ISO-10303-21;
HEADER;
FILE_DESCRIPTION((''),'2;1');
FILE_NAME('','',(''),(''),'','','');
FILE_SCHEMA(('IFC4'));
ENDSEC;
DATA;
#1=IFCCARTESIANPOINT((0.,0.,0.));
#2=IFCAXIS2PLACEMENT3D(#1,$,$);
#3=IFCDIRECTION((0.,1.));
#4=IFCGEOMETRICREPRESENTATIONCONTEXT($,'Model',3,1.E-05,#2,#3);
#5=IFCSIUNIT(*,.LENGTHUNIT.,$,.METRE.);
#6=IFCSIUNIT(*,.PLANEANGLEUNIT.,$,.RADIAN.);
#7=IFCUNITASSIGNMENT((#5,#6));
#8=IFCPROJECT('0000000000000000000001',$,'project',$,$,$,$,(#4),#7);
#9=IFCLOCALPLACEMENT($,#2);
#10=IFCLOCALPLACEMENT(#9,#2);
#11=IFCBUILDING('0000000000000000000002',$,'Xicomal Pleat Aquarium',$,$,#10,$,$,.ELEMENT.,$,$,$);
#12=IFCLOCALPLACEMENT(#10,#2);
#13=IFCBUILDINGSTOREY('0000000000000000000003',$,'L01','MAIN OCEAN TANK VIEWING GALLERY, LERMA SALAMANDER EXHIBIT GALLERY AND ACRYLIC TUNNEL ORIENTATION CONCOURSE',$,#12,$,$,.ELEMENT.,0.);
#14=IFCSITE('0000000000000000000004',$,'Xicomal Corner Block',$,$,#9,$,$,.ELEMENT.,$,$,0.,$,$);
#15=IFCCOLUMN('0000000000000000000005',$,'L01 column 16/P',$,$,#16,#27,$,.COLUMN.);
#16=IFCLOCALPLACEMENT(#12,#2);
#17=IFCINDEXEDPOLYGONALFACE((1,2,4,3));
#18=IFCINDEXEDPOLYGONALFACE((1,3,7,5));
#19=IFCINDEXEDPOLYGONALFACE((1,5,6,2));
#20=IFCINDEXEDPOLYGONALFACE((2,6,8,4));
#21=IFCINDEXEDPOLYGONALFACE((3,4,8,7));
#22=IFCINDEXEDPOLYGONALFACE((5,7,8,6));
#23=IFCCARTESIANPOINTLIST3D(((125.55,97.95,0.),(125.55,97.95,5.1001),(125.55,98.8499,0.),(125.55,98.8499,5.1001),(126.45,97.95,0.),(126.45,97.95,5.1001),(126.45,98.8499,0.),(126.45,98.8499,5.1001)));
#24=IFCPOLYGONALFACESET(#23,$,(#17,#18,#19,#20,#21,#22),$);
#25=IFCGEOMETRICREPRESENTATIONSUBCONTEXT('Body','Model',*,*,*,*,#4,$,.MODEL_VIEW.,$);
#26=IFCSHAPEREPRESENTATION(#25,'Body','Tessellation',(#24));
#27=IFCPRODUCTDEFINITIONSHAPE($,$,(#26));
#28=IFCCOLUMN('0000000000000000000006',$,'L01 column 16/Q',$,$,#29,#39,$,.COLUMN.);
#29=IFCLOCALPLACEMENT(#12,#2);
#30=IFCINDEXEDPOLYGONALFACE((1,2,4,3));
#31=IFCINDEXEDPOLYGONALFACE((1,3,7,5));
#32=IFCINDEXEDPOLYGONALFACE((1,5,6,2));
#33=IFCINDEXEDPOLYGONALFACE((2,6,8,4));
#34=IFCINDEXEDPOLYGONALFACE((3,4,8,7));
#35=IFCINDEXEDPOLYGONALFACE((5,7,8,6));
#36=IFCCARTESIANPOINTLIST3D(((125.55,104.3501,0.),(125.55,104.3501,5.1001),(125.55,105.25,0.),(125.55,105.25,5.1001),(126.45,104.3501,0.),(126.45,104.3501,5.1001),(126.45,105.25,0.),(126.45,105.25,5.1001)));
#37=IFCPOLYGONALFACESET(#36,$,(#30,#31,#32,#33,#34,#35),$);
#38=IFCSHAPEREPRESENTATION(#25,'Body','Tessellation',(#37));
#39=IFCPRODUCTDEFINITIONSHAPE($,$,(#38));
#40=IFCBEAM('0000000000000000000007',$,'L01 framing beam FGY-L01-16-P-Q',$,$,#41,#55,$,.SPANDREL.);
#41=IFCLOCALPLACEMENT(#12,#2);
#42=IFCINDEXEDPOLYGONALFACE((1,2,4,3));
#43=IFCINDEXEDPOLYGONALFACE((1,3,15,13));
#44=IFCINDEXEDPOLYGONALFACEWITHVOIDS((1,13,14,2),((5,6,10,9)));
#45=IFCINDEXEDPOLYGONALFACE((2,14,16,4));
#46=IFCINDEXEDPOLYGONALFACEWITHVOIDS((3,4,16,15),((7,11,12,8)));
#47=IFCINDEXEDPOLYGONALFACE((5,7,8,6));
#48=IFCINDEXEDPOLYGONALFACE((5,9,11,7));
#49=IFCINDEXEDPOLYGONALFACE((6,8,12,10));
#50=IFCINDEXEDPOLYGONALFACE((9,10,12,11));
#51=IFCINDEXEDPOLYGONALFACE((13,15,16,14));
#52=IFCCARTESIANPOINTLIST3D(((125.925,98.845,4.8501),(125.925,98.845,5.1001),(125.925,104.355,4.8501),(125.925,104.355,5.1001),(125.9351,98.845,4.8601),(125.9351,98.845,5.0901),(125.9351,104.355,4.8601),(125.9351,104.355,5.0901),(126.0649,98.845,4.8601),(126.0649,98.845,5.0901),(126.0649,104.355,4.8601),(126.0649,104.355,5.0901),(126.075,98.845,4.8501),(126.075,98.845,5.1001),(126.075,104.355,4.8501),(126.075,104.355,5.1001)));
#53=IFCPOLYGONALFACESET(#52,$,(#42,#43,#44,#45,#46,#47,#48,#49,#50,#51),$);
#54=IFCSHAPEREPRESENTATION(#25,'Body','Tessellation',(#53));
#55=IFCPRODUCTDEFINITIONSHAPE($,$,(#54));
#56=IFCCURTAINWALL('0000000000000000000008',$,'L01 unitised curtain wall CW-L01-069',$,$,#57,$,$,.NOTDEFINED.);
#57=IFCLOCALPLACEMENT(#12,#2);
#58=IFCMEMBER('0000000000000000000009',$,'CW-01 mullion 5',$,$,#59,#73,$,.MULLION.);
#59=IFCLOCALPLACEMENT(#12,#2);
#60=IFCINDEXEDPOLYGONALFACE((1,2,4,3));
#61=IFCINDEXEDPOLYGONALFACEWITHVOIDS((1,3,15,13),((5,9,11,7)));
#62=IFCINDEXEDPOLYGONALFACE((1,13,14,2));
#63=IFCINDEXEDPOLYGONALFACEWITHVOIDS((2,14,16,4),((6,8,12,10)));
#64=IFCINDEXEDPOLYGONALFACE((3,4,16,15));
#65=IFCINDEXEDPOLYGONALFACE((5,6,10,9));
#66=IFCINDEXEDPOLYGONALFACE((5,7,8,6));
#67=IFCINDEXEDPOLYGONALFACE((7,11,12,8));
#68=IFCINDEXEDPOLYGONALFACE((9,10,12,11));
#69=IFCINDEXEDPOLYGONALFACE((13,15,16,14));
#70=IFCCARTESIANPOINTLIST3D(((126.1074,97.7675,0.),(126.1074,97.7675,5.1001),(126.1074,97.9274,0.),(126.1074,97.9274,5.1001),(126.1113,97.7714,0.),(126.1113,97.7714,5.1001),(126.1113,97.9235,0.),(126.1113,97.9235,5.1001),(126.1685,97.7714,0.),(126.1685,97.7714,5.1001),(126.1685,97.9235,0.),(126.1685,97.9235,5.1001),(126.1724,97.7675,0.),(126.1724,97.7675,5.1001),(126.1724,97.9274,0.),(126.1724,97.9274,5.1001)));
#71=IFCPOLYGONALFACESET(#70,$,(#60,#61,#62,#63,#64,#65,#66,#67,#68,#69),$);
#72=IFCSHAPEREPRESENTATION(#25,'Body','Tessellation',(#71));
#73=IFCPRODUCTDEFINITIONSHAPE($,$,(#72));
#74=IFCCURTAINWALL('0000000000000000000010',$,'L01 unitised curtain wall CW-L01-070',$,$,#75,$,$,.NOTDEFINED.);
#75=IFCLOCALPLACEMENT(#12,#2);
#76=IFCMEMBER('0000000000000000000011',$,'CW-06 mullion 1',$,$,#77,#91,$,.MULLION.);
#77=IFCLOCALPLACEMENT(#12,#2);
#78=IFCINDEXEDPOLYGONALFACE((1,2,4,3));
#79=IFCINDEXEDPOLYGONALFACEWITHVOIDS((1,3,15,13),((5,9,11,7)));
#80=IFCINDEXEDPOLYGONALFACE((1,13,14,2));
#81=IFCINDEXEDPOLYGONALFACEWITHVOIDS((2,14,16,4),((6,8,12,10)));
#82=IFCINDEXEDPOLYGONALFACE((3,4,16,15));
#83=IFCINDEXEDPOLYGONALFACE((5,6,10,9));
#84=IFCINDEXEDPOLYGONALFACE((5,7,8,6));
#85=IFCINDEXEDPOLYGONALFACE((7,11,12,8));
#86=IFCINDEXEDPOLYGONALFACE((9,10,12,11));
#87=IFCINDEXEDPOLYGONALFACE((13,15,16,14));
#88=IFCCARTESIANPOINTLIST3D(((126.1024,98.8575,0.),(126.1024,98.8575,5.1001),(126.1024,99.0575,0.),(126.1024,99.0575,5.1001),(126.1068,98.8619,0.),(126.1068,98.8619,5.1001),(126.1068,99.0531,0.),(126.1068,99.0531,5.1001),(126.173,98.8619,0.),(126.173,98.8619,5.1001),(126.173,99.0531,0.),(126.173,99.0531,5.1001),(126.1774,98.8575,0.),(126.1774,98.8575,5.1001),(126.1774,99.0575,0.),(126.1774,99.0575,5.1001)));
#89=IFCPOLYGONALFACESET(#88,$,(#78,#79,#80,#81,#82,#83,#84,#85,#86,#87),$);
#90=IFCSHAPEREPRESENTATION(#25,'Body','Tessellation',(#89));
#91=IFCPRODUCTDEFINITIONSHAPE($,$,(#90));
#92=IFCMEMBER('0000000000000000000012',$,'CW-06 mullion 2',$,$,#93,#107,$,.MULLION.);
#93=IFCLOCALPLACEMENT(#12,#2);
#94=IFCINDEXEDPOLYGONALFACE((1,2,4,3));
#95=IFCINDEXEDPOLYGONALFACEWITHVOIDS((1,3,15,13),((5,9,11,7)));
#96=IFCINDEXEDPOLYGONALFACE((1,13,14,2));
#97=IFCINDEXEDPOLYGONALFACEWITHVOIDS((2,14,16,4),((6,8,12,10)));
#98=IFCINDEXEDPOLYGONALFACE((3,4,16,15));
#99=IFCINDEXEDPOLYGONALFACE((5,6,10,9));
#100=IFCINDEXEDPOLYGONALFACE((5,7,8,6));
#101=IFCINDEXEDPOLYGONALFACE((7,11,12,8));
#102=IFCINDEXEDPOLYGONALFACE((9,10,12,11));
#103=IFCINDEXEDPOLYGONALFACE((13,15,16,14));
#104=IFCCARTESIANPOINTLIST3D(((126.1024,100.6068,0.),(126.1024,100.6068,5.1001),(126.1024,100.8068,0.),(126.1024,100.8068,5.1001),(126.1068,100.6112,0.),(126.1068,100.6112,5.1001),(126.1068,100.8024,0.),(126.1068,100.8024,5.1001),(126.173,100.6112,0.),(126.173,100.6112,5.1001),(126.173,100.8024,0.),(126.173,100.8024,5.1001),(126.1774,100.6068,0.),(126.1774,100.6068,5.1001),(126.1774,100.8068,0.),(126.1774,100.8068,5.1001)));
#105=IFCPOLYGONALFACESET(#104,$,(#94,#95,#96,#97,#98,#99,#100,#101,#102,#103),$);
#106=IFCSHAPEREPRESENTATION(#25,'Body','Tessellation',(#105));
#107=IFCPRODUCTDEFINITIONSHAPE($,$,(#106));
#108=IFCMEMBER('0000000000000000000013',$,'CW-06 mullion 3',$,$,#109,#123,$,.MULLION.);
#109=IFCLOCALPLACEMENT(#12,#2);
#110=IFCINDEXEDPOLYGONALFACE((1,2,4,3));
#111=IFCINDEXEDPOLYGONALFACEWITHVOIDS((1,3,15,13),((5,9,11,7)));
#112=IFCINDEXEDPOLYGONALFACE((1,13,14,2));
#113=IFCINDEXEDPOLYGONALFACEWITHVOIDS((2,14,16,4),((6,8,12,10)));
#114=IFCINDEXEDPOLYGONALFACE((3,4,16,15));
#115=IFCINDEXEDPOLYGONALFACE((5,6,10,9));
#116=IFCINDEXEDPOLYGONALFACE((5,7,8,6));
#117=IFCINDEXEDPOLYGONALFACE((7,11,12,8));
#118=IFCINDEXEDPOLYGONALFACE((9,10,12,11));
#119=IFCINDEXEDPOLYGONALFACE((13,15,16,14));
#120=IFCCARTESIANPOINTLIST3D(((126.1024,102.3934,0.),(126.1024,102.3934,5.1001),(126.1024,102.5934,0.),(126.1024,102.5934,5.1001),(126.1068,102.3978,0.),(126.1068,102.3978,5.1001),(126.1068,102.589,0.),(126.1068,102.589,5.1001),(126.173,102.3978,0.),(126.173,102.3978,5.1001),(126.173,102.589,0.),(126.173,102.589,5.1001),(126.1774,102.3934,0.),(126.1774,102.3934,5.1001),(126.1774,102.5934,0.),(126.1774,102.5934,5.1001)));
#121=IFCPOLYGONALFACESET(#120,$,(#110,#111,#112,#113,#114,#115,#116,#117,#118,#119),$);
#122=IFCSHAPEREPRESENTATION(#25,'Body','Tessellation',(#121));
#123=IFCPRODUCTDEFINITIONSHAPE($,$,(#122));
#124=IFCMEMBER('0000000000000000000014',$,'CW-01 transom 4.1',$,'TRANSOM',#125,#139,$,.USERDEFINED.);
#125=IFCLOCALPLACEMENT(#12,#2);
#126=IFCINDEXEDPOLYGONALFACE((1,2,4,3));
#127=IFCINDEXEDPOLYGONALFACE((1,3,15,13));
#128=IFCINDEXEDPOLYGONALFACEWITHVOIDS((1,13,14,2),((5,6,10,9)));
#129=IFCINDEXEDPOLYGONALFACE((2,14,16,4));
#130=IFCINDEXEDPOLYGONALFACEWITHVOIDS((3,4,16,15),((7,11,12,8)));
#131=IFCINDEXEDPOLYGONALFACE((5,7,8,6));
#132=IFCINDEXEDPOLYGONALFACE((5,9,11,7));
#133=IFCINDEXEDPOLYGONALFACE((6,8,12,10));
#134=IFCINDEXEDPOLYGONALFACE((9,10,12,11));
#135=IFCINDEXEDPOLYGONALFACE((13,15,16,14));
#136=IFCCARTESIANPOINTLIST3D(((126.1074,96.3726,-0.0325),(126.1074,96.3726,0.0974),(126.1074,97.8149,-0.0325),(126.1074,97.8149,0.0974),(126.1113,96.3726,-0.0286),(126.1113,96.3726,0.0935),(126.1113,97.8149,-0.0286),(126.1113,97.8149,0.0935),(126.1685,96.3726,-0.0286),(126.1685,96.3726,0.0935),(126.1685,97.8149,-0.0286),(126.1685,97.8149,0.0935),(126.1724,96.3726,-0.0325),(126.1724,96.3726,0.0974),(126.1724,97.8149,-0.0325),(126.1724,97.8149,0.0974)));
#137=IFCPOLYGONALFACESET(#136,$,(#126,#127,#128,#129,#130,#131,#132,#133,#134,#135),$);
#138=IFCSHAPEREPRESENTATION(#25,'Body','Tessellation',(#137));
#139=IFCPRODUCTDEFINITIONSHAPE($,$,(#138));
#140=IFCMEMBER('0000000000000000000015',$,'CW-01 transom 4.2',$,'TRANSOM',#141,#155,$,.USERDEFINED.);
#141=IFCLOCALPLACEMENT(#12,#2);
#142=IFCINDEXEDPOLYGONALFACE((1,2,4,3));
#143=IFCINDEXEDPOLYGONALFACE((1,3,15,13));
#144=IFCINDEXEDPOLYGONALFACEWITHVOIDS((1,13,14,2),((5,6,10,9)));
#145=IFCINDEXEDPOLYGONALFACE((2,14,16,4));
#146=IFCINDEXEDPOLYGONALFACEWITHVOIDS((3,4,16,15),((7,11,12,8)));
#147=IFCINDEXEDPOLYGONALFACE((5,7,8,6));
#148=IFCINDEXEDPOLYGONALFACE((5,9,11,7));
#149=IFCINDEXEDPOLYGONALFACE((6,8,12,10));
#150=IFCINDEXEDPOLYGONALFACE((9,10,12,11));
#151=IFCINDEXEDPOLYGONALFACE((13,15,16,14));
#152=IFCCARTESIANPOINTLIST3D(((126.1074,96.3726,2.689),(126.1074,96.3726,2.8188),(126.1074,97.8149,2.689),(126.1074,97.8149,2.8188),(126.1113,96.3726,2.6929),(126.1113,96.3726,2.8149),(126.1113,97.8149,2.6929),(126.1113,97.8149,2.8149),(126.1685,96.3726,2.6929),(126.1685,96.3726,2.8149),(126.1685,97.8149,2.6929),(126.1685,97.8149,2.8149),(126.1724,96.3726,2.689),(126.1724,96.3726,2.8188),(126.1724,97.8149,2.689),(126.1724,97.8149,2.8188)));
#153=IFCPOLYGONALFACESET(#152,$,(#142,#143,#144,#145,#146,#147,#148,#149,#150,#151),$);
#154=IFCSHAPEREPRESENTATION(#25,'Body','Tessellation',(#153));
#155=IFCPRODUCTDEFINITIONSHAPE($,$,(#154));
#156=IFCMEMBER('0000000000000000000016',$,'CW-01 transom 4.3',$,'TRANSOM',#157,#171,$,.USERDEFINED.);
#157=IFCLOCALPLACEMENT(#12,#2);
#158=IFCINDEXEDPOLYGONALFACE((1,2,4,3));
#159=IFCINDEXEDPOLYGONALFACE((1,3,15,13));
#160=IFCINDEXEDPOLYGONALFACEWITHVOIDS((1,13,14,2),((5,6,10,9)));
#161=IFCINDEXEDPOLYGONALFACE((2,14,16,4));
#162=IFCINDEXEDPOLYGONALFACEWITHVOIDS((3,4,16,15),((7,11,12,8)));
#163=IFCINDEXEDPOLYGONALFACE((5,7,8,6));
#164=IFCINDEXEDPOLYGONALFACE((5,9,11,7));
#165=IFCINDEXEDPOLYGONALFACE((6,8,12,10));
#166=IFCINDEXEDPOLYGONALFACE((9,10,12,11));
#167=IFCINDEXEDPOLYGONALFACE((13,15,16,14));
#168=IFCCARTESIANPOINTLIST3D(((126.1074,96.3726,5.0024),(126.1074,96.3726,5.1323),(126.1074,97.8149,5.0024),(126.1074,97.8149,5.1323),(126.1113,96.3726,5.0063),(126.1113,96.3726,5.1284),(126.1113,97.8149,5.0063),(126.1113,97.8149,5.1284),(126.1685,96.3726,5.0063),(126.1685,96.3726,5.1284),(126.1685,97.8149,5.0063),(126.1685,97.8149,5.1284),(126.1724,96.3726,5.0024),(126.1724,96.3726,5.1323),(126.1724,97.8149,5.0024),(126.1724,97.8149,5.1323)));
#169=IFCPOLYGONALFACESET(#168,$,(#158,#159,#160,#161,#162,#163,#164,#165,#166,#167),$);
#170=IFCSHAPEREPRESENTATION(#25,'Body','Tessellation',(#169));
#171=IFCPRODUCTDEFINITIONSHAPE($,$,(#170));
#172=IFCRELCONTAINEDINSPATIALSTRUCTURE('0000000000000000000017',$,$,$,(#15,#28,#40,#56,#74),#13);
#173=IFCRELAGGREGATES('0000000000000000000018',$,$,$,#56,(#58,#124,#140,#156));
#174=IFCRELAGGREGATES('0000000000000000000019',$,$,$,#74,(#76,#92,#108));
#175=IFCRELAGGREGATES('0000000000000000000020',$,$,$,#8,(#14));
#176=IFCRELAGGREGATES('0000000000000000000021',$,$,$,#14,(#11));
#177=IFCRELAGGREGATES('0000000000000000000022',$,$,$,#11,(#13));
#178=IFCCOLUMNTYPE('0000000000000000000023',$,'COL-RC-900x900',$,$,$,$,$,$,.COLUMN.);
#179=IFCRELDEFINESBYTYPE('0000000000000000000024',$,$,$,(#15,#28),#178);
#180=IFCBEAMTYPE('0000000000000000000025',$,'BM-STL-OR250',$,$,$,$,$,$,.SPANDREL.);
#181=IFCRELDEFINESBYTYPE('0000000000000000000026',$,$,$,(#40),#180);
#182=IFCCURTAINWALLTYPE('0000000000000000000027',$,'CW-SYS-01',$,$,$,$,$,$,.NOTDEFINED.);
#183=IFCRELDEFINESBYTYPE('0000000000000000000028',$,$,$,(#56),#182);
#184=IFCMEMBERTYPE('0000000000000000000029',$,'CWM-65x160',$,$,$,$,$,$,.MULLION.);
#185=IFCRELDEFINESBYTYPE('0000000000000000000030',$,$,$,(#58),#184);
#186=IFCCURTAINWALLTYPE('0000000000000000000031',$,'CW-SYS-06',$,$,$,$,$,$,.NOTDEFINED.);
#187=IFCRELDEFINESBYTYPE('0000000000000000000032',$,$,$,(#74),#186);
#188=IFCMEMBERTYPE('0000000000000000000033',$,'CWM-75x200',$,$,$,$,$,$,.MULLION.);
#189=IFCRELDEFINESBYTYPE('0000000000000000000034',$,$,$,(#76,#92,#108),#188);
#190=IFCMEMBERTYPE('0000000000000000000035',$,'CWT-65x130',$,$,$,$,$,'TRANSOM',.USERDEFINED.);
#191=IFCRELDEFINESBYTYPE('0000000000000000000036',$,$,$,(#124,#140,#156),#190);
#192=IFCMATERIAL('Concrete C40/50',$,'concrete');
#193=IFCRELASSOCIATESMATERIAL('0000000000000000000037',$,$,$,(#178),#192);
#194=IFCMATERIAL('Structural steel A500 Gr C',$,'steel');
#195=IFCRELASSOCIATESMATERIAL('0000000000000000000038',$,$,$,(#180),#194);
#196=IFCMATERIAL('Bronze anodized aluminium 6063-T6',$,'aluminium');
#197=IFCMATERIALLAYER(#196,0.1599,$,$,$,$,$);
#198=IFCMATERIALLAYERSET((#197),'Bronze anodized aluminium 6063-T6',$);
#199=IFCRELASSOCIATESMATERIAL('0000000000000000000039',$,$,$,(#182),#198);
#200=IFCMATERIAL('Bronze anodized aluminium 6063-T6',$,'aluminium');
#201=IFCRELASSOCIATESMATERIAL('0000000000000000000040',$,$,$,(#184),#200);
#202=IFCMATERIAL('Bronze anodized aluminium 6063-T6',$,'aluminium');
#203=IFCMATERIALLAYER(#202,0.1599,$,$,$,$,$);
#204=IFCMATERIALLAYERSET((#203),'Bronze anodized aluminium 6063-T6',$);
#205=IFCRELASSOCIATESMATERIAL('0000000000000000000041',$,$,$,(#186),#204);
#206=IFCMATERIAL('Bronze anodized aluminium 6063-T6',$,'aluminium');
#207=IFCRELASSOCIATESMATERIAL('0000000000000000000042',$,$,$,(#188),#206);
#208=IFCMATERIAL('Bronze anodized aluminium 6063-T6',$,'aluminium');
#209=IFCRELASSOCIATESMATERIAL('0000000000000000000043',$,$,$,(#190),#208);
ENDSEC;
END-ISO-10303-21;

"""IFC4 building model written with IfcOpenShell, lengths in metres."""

from ifc_helpers import new_model, si_unit, direction, frame, origin, origin_2d, place, context, subcontext, project, spatial, rectangle, hollow_rectangle, extrude, material, layer, layer_set, material_profile, profile_set, type_object, element, aggregate, save


model = new_model("IFC4")

# Units and contexts
model_context = context("Model", 3, precision=1e-05, world=origin(), true_north=direction((0.0, 1.0)))
body_context = subcontext(model_context, "Body", "Model", "MODEL_VIEW")
ifc_project = project(units=[si_unit("LENGTHUNIT", "METRE"), si_unit("PLANEANGLEUNIT", "RADIAN")], contexts=[model_context])

# Site, building, storey
site_placement = place(None, origin())
site = spatial("IfcSite", under=ifc_project, at=site_placement, Name="Xicomal Corner Block", CompositionType="ELEMENT", RefElevation=0.0)
building_placement = place(site_placement, origin())
building = spatial("IfcBuilding", under=site, at=building_placement, Name="Xicomal Pleat Aquarium", CompositionType="ELEMENT")
storey_placement = place(building_placement, origin())
storey = spatial("IfcBuildingStorey", under=building, at=storey_placement, Name="L01", Description="MAIN OCEAN TANK VIEWING GALLERY, LERMA SALAMANDER EXHIBIT GALLERY AND ACRYLIC TUNNEL ORIENTATION CONCOURSE", CompositionType="ELEMENT", Elevation=0.0)

# Columns
ifc_material_1 = material(Name="Concrete C40/50", Category="concrete")
ifc_material_profile_1 = material_profile(ifc_material_1, rectangle(XDim=0.8999, YDim=0.8999, at=origin_2d()), Name="RC 900x900")
ifc_profile_set_1 = profile_set([ifc_material_profile_1], Name="Concrete C40/50")
column_type = type_object("IfcColumnType", Name="COL-RC-900x900", PredefinedType="COLUMN", material=ifc_profile_set_1)
for number, where, z_axis, x_axis, name in (
    (1, (126.0, 98.3999, 0.0), (0.0, 0.0, 1.0), (1.0, 0.0, 0.0), "L01 column 16/P"),
    (2, (126.0, 104.8, 0.0), (0.0, 0.0, 1.0), (1.0, 0.0, 0.0), "L01 column 16/Q"),
):
    element("IfcColumn", number, at=place(storey_placement, frame(where, z_axis=z_axis, x_axis=x_axis)), inside=storey, type_object=column_type, Name=name, PredefinedType="COLUMN", context=body_context, shape_type="SweptSolid", body=[
        extrude(rectangle(XDim=0.8999, YDim=0.8999, at=origin_2d()), origin(), (0.0, 0.0, 1.0), 5.1001),
    ])

# Beam
ifc_material_2 = material(Name="Structural steel A500 Gr C", Category="steel")
ifc_material_profile_2 = material_profile(ifc_material_2, hollow_rectangle(XDim=0.1499, YDim=0.25, WallThickness=0.01, at=origin_2d()), Name="OR 250x150x10")
ifc_profile_set_2 = profile_set([ifc_material_profile_2], Name="Structural steel A500 Gr C")
beam_type = type_object("IfcBeamType", Name="BM-STL-OR250", PredefinedType="SPANDREL", material=ifc_profile_set_2)
beam_placement = place(storey_placement, frame((126.0, 98.845, 4.9751), z_axis=(0.0, 1.0, 0.0), x_axis=(-1.0, 0.0, 0.0)))
element("IfcBeam", 3, at=beam_placement, inside=storey, type_object=beam_type, Name="L01 framing beam FGY-L01-16-P-Q", PredefinedType="SPANDREL", context=body_context, shape_type="SweptSolid", body=[
    extrude(hollow_rectangle(XDim=0.1499, YDim=0.25, WallThickness=0.01, at=origin_2d()), origin(), (0.0, 0.0, 1.0), 5.51),
])

# Curtain wall, member
ifc_material_3 = material(Name="Bronze anodized aluminium 6063-T6", Category="aluminium")
ifc_layer_1 = layer(ifc_material_3, 0.1599)
ifc_layer_set_1 = layer_set([ifc_layer_1], Name="Bronze anodized aluminium 6063-T6")
curtain_wall_type_1 = type_object("IfcCurtainWallType", Name="CW-SYS-01", PredefinedType="NOTDEFINED", material=ifc_layer_set_1)
curtain_wall_1_placement = place(storey_placement, origin())
curtain_wall_1 = element("IfcCurtainWall", 4, at=curtain_wall_1_placement, inside=storey, type_object=curtain_wall_type_1, Name="L01 unitised curtain wall CW-L01-069", PredefinedType="NOTDEFINED")
ifc_material_4 = material(Name="Bronze anodized aluminium 6063-T6", Category="aluminium")
ifc_material_profile_3 = material_profile(ifc_material_4, hollow_rectangle(XDim=0.0649, YDim=0.1599, WallThickness=0.0039, at=origin_2d()), Name="ALU MULL 65x160")
ifc_profile_set_3 = profile_set([ifc_material_profile_3], Name="Bronze anodized aluminium 6063-T6")
member_type_1 = type_object("IfcMemberType", Name="CWM-65x160", PredefinedType="MULLION", material=ifc_profile_set_3)
member_1_placement = place(storey_placement, frame((126.1399, 97.8474, 0.0), z_axis=(0.0, 0.0, 1.0), x_axis=(-1.0, 0.0, 0.0)))
member_1 = element("IfcMember", 5, at=member_1_placement, type_object=member_type_1, Name="CW-01 mullion 5", PredefinedType="MULLION", context=body_context, shape_type="SweptSolid", body=[
    extrude(hollow_rectangle(XDim=0.0649, YDim=0.1599, WallThickness=0.0039, at=origin_2d()), origin(), (0.0, 0.0, 1.0), 5.1001),
])

# Curtain wall, members
ifc_material_5 = material(Name="Bronze anodized aluminium 6063-T6", Category="aluminium")
ifc_layer_2 = layer(ifc_material_5, 0.1599)
ifc_layer_set_2 = layer_set([ifc_layer_2], Name="Bronze anodized aluminium 6063-T6")
curtain_wall_type_2 = type_object("IfcCurtainWallType", Name="CW-SYS-06", PredefinedType="NOTDEFINED", material=ifc_layer_set_2)
curtain_wall_2_placement = place(storey_placement, origin())
curtain_wall_2 = element("IfcCurtainWall", 6, at=curtain_wall_2_placement, inside=storey, type_object=curtain_wall_type_2, Name="L01 unitised curtain wall CW-L01-070", PredefinedType="NOTDEFINED")
ifc_material_6 = material(Name="Bronze anodized aluminium 6063-T6", Category="aluminium")
ifc_material_profile_4 = material_profile(ifc_material_6, hollow_rectangle(XDim=0.075, YDim=0.2, WallThickness=0.0044, at=origin_2d()), Name="ALU MULL 75x200")
ifc_profile_set_4 = profile_set([ifc_material_profile_4], Name="Bronze anodized aluminium 6063-T6")
member_type_2 = type_object("IfcMemberType", Name="CWM-75x200", PredefinedType="MULLION", material=ifc_profile_set_4)
member_2_placement = place(storey_placement, frame((126.1399, 98.9575, 0.0), z_axis=(0.0, 0.0, 1.0), x_axis=(-1.0, 0.0, 0.0)))
member_2 = element("IfcMember", 7, at=member_2_placement, type_object=member_type_2, Name="CW-06 mullion 1", PredefinedType="MULLION", context=body_context, shape_type="SweptSolid", body=[
    extrude(hollow_rectangle(XDim=0.075, YDim=0.2, WallThickness=0.0044, at=origin_2d()), origin(), (0.0, 0.0, 1.0), 5.1001),
])
member_3_placement = place(storey_placement, frame((126.1399, 100.7068, 0.0), z_axis=(0.0, 0.0, 1.0), x_axis=(-1.0, 0.0, 0.0)))
member_3 = element("IfcMember", 8, at=member_3_placement, type_object=member_type_2, Name="CW-06 mullion 2", PredefinedType="MULLION", context=body_context, shape_type="SweptSolid", body=[
    extrude(hollow_rectangle(XDim=0.075, YDim=0.2, WallThickness=0.0044, at=origin_2d()), origin(), (0.0, 0.0, 1.0), 5.1001),
])
member_4_placement = place(storey_placement, frame((126.1399, 102.4934, 0.0), z_axis=(0.0, 0.0, 1.0), x_axis=(-1.0, 0.0, 0.0)))
member_4 = element("IfcMember", 9, at=member_4_placement, type_object=member_type_2, Name="CW-06 mullion 3", PredefinedType="MULLION", context=body_context, shape_type="SweptSolid", body=[
    extrude(hollow_rectangle(XDim=0.075, YDim=0.2, WallThickness=0.0044, at=origin_2d()), origin(), (0.0, 0.0, 1.0), 5.1001),
])

# Members
ifc_material_7 = material(Name="Bronze anodized aluminium 6063-T6", Category="aluminium")
ifc_material_profile_5 = material_profile(ifc_material_7, hollow_rectangle(XDim=0.0649, YDim=0.1299, WallThickness=0.0039, at=origin_2d()), Name="ALU TRAN 65x130")
ifc_profile_set_5 = profile_set([ifc_material_profile_5], Name="Bronze anodized aluminium 6063-T6")
member_type_3 = type_object("IfcMemberType", Name="CWT-65x130", ElementType="TRANSOM", PredefinedType="USERDEFINED", material=ifc_profile_set_5)
member_5_placement = place(storey_placement, frame((126.1399, 96.3726, 0.0325), z_axis=(0.0, 1.0, 0.0), x_axis=(-1.0, 0.0, 0.0)))
member_5 = element("IfcMember", 10, at=member_5_placement, type_object=member_type_3, Name="CW-01 transom 4.1", ObjectType="TRANSOM", PredefinedType="USERDEFINED", context=body_context, shape_type="SweptSolid", body=[
    extrude(hollow_rectangle(XDim=0.0649, YDim=0.1299, WallThickness=0.0039, at=origin_2d()), origin(), (0.0, 0.0, 1.0), 1.4424),
])
member_6_placement = place(storey_placement, frame((126.1399, 96.3726, 2.7539), z_axis=(0.0, 1.0, 0.0), x_axis=(-1.0, 0.0, 0.0)))
member_6 = element("IfcMember", 11, at=member_6_placement, type_object=member_type_3, Name="CW-01 transom 4.2", ObjectType="TRANSOM", PredefinedType="USERDEFINED", context=body_context, shape_type="SweptSolid", body=[
    extrude(hollow_rectangle(XDim=0.0649, YDim=0.1299, WallThickness=0.0039, at=origin_2d()), origin(), (0.0, 0.0, 1.0), 1.4424),
])
member_7_placement = place(storey_placement, frame((126.1399, 96.3726, 5.0674), z_axis=(0.0, 1.0, 0.0), x_axis=(-1.0, 0.0, 0.0)))
member_7 = element("IfcMember", 12, at=member_7_placement, type_object=member_type_3, Name="CW-01 transom 4.3", ObjectType="TRANSOM", PredefinedType="USERDEFINED", context=body_context, shape_type="SweptSolid", body=[
    extrude(hollow_rectangle(XDim=0.0649, YDim=0.1299, WallThickness=0.0039, at=origin_2d()), origin(), (0.0, 0.0, 1.0), 1.4424),
])

aggregate(curtain_wall_1, [member_1, member_5, member_6, member_7])
aggregate(curtain_wall_2, [member_2, member_3, member_4])

save(model, "model.ifc")
